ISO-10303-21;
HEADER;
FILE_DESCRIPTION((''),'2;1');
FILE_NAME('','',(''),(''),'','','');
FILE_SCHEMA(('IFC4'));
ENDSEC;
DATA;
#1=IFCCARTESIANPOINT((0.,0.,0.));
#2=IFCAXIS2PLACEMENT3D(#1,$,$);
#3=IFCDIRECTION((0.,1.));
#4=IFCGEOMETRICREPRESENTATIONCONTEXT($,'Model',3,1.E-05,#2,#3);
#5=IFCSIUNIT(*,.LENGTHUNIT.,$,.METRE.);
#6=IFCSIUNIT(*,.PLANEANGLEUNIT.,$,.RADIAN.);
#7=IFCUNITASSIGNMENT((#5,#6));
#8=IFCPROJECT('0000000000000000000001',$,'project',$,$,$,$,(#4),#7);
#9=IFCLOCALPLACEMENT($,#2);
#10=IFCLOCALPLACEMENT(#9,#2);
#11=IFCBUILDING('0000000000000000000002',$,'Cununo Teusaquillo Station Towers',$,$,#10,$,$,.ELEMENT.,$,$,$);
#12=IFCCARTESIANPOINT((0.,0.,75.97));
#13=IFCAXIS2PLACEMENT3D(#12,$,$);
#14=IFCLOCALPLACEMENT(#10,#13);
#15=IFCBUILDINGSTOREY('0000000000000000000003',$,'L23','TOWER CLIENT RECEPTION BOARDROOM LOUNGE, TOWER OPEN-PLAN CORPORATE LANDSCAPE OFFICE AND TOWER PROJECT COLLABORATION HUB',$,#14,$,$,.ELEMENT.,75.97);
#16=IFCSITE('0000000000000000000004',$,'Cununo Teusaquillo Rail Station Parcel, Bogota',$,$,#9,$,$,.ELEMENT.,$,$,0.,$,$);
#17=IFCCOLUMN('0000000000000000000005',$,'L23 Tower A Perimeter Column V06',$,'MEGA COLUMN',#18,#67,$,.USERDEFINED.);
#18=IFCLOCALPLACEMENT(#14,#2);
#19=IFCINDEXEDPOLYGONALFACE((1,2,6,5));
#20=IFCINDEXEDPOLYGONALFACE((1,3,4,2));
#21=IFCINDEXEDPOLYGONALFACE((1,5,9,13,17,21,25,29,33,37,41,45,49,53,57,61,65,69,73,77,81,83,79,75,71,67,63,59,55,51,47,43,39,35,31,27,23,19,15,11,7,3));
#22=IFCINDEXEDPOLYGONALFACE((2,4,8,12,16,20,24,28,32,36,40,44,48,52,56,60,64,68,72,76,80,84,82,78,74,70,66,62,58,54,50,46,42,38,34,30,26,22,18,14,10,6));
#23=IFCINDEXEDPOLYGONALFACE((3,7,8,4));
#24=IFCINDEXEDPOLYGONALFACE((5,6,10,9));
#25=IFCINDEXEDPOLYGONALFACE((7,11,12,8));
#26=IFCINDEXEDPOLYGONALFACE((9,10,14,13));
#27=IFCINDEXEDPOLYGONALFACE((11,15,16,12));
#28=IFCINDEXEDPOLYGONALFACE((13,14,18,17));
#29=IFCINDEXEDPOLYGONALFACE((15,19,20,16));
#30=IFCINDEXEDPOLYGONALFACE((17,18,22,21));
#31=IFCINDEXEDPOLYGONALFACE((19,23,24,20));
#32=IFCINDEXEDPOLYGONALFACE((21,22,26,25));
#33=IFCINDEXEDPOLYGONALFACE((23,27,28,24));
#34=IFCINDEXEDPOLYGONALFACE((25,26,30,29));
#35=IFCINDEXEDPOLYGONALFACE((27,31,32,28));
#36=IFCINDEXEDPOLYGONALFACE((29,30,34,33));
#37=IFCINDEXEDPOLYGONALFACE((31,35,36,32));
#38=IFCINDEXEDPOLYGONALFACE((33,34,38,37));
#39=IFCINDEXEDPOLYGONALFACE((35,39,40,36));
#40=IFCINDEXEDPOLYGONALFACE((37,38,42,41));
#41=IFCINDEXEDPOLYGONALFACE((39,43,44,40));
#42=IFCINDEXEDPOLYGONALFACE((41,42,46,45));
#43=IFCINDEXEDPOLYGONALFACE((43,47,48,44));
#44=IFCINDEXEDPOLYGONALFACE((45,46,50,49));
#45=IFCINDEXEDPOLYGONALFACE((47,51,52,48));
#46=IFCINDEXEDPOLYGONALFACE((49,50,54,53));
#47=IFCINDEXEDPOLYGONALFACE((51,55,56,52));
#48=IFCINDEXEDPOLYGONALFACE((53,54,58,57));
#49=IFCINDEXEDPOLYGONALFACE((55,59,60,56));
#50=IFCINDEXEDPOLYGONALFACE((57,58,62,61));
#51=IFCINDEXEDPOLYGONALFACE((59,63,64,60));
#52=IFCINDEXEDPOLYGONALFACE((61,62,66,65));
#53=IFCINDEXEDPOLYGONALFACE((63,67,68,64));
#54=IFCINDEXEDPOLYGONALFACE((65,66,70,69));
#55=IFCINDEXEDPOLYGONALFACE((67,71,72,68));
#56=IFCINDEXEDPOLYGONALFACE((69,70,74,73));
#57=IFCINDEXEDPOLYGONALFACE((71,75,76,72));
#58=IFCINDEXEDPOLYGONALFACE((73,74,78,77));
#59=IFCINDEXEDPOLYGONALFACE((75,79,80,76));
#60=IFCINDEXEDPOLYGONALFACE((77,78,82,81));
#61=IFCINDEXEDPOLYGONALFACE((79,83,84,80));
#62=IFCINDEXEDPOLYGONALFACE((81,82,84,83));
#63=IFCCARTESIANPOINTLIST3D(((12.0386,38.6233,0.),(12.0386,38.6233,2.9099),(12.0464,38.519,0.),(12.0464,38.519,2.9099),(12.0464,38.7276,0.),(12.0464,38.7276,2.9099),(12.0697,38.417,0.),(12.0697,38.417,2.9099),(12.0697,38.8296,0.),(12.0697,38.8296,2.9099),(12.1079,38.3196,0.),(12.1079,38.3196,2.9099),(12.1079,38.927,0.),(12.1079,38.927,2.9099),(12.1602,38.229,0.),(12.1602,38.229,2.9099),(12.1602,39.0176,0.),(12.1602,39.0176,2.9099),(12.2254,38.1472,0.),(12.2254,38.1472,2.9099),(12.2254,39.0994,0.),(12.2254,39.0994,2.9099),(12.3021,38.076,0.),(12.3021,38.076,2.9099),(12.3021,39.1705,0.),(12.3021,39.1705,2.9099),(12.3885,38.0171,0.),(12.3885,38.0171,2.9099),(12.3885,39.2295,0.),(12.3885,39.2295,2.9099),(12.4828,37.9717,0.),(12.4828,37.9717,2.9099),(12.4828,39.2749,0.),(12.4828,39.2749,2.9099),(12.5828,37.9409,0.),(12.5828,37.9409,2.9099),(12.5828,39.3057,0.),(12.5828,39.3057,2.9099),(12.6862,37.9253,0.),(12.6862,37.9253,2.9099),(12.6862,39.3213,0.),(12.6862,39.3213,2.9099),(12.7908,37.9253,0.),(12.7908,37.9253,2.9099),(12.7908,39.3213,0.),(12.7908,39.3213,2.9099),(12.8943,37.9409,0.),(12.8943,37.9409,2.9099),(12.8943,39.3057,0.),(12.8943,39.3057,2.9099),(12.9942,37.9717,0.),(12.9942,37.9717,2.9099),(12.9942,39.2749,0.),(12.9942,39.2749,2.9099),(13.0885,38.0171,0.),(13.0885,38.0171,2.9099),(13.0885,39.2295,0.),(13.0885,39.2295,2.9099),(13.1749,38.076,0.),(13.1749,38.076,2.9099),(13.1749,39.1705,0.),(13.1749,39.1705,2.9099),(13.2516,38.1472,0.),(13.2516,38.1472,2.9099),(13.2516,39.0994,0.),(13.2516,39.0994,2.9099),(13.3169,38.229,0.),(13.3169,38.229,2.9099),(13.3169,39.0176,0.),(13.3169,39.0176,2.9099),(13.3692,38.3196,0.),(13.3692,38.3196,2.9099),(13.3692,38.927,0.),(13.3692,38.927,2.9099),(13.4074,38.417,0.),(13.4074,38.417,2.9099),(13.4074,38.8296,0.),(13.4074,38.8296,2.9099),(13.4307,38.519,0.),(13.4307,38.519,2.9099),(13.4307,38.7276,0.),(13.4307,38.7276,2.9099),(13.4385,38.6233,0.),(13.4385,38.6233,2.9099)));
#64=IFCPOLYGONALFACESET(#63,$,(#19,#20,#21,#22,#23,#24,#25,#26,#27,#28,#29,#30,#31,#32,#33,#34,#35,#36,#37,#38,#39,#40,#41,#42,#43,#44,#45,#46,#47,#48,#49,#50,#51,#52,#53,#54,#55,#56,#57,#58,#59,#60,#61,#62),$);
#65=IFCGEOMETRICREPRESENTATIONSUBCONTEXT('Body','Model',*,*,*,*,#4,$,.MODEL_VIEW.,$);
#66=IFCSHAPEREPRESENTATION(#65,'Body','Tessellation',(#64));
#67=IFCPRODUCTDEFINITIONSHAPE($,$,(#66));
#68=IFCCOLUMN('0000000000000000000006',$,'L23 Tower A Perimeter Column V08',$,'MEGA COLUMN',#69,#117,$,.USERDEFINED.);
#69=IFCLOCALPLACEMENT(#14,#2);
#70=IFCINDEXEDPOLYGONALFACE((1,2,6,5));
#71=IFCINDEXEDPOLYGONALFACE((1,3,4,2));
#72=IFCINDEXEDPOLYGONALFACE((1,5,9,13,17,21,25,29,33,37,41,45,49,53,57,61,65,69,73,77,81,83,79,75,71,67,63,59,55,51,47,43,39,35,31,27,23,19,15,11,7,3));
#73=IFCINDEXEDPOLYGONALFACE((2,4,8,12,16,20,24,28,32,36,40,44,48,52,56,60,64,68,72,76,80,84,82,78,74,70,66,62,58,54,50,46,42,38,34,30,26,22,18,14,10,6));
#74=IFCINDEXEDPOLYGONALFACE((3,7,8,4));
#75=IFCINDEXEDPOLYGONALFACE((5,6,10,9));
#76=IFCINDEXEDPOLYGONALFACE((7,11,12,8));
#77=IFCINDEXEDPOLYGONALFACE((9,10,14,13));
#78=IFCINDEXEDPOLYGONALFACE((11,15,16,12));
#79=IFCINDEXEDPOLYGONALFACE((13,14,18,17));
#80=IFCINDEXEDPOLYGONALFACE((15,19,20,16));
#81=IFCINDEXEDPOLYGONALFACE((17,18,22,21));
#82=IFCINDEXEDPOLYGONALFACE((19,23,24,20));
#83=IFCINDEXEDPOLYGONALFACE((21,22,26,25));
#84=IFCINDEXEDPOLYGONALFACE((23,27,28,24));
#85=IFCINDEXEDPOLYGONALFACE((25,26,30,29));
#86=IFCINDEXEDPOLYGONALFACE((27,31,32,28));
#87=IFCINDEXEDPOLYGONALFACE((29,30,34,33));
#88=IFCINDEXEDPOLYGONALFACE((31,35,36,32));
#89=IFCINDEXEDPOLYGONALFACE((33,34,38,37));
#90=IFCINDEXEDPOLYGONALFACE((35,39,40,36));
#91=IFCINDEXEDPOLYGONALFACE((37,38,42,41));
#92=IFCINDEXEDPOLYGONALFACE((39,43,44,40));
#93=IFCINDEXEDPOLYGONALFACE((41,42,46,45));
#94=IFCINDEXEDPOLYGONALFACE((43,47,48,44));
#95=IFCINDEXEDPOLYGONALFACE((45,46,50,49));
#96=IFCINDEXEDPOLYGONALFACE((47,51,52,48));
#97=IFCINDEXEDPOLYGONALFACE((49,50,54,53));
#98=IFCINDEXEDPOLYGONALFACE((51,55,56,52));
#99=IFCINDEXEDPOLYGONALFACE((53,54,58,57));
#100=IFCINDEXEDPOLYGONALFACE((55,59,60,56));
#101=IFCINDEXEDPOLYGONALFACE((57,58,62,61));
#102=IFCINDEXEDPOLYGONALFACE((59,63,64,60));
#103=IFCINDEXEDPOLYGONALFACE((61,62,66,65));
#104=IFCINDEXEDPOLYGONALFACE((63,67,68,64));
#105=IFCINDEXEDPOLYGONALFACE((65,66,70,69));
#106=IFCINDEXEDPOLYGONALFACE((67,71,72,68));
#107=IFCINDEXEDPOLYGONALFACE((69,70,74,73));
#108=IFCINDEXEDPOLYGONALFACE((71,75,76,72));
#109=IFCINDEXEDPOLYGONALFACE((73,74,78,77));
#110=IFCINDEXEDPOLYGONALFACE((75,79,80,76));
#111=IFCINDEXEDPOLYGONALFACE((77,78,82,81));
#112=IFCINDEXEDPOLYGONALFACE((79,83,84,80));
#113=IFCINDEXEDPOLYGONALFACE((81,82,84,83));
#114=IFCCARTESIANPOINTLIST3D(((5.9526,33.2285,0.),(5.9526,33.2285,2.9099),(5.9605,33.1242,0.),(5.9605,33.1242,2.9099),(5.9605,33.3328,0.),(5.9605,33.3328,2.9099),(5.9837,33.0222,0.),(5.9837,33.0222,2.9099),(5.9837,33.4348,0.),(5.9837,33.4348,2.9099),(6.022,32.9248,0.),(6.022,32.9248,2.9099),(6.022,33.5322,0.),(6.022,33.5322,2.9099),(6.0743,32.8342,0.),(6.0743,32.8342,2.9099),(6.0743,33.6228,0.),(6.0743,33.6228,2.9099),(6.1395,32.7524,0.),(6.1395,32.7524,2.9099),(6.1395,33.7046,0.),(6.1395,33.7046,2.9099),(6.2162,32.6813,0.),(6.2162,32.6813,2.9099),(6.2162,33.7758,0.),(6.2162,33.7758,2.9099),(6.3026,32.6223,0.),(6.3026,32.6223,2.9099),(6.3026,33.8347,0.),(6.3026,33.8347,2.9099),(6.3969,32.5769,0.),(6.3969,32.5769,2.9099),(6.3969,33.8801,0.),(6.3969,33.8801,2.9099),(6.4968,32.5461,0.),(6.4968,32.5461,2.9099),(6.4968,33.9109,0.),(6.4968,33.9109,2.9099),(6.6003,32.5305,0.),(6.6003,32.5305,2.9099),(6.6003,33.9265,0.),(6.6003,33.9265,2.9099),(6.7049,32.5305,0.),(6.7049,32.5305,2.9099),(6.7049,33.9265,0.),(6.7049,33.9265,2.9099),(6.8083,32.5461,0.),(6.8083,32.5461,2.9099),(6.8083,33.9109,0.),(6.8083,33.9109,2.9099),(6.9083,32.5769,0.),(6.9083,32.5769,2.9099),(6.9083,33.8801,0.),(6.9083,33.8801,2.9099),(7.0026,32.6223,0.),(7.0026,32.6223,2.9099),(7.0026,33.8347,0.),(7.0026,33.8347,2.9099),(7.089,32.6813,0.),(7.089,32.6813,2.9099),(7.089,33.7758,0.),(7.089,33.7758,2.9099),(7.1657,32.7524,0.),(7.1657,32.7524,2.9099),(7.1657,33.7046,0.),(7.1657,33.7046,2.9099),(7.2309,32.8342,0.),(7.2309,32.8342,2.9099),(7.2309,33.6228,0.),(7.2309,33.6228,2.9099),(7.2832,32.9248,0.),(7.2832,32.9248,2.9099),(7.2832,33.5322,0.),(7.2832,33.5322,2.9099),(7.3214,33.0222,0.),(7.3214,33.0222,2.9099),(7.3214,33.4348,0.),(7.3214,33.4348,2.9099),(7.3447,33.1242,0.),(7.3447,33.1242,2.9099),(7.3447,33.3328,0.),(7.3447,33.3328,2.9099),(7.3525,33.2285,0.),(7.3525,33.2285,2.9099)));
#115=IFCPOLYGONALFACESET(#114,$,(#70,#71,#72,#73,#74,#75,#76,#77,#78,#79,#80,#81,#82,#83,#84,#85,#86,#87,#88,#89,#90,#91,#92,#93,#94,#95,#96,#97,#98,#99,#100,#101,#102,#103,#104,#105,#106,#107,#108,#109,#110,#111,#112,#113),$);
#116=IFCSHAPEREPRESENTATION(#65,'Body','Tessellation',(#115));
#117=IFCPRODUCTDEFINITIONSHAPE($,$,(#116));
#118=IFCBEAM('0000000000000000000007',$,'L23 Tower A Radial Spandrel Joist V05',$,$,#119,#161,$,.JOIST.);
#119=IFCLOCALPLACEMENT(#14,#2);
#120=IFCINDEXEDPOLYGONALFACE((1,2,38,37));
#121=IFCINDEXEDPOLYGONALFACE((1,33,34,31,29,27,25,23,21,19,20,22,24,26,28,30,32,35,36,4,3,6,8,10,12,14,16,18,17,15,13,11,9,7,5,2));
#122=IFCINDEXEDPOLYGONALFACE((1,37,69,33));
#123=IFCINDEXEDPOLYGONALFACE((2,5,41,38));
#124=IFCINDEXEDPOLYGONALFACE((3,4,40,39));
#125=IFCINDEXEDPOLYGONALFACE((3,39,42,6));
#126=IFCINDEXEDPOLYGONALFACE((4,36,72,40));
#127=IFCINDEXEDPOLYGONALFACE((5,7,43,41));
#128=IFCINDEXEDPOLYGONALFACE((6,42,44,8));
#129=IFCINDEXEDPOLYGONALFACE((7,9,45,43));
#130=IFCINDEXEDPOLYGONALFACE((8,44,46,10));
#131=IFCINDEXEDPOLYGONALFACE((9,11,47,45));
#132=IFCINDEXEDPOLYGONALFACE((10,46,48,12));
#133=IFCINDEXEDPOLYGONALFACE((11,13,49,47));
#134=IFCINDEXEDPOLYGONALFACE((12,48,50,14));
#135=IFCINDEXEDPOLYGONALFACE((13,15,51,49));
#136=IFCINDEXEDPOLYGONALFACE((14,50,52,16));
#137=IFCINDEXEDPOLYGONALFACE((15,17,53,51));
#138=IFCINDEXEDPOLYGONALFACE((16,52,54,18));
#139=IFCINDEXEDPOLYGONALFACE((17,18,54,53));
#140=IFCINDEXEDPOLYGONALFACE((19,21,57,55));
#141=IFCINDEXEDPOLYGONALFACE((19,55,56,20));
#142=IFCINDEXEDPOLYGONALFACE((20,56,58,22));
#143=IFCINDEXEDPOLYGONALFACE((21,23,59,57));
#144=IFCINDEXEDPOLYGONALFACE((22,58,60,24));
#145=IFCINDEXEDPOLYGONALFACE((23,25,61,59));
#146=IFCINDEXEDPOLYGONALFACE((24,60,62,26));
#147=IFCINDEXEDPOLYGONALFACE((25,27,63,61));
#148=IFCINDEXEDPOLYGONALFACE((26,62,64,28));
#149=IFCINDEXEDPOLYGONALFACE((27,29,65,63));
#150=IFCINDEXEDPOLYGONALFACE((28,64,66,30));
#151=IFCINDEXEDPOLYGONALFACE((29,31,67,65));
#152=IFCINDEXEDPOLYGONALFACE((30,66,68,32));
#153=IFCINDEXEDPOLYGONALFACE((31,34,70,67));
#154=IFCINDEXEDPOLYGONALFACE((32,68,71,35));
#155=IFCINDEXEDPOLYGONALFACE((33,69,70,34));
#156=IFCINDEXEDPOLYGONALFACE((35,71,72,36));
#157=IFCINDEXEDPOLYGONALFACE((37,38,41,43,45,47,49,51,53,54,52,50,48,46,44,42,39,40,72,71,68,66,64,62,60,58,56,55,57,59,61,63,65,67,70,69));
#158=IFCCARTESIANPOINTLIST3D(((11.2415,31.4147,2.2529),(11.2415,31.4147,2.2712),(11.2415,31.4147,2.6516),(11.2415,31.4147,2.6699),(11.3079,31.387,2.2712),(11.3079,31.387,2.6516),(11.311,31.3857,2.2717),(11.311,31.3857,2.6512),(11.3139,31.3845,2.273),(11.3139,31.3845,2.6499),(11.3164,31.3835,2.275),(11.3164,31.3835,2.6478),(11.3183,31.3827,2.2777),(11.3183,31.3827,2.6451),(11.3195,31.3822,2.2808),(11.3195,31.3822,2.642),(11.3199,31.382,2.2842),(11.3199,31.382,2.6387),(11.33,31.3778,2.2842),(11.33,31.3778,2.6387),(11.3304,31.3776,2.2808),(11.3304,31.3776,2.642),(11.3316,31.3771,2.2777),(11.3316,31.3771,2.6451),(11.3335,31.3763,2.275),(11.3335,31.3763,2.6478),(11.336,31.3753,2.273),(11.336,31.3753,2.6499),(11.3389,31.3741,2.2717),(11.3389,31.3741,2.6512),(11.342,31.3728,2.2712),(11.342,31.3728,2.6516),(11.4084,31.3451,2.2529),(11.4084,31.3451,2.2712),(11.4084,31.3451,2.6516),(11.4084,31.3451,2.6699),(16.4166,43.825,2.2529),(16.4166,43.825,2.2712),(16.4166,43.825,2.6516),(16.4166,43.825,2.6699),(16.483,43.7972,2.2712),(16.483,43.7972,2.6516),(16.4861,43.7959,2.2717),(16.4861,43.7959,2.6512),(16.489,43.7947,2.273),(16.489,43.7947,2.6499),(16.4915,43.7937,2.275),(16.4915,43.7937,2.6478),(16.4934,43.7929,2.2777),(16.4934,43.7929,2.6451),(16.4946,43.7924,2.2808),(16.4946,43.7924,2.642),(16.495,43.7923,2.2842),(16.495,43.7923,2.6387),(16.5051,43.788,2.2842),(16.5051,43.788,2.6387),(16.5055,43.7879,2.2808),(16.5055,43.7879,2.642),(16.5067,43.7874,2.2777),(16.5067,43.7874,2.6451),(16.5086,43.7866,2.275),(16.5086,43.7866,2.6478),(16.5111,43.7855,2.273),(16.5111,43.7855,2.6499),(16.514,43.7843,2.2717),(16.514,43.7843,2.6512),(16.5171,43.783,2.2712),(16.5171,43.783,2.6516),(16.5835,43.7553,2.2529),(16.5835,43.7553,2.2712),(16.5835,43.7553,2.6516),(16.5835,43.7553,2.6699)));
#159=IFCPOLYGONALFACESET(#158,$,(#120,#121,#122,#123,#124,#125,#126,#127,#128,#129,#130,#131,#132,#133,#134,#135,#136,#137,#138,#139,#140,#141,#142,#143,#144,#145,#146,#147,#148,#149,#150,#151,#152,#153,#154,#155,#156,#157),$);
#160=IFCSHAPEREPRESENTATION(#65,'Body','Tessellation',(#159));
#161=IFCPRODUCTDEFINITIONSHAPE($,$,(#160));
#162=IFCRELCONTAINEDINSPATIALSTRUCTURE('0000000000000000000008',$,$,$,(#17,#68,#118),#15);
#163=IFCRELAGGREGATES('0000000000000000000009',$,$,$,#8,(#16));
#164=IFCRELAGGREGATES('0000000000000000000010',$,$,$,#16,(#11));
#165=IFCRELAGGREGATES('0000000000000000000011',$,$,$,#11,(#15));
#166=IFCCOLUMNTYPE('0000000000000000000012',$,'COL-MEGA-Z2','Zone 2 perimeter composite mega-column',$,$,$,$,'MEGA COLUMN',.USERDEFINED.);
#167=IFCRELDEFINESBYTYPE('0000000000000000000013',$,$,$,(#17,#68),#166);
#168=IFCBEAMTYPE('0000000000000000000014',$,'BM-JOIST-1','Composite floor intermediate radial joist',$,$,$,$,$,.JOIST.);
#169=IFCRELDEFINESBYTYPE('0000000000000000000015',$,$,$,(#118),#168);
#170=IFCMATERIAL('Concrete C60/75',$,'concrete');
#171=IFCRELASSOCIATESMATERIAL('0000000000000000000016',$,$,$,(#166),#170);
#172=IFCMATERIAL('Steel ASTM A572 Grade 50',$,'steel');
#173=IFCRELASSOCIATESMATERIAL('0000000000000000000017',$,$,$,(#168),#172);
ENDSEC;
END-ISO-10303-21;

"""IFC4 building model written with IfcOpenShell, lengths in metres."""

from ifc_helpers import new_model, si_unit, direction, frame, origin, origin_2d, place, context, subcontext, project, spatial, circle, i_section, extrude, material, material_profile, profile_set, type_object, element, save


model = new_model("IFC4")

# Units and contexts
model_context = context("Model", 3, precision=1e-05, world=origin(), true_north=direction((0.0, 1.0)))
body_context = subcontext(model_context, "Body", "Model", "MODEL_VIEW")
ifc_project = project(units=[si_unit("LENGTHUNIT", "METRE"), si_unit("PLANEANGLEUNIT", "RADIAN")], contexts=[model_context])

# Site, building, storey
site_placement = place(None, origin())
site = spatial("IfcSite", under=ifc_project, at=site_placement, Name="Cununo Teusaquillo Rail Station Parcel, Bogota", CompositionType="ELEMENT", RefElevation=0.0)
building_placement = place(site_placement, origin())
building = spatial("IfcBuilding", under=site, at=building_placement, Name="Cununo Teusaquillo Station Towers", CompositionType="ELEMENT")
storey_placement = place(building_placement, frame((0.0, 0.0, 75.97)))
storey = spatial("IfcBuildingStorey", under=building, at=storey_placement, Name="L23", Description="TOWER CLIENT RECEPTION BOARDROOM LOUNGE, TOWER OPEN-PLAN CORPORATE LANDSCAPE OFFICE AND TOWER PROJECT COLLABORATION HUB", CompositionType="ELEMENT", Elevation=75.97)

# Columns
ifc_material_1 = material(Name="Concrete C60/75", Category="concrete")
ifc_material_profile_1 = material_profile(ifc_material_1, circle(Radius=0.7, at=origin_2d()), Name="RC-CIRC-1400")
ifc_profile_set_1 = profile_set([ifc_material_profile_1], Name="Concrete C60/75")
column_type = type_object("IfcColumnType", Name="COL-MEGA-Z2", Description="Zone 2 perimeter composite mega-column", ElementType="MEGA COLUMN", PredefinedType="USERDEFINED", material=ifc_profile_set_1)
for number, where, z_axis, x_axis, name in (
    (1, (12.7385, 38.6233, 0.0), (0.0, 0.0, 1.0), (1.0, 0.0, 0.0), "L23 Tower A Perimeter Column V06"),
    (2, (6.6526, 33.2285, 0.0), (0.0, 0.0, 1.0), (1.0, 0.0, 0.0), "L23 Tower A Perimeter Column V08"),
):
    element("IfcColumn", number, at=place(storey_placement, frame(where, z_axis=z_axis, x_axis=x_axis)), inside=storey, type_object=column_type, Name=name, ObjectType="MEGA COLUMN", PredefinedType="USERDEFINED", context=body_context, shape_type="SweptSolid", body=[
        extrude(circle(Radius=0.7, at=origin_2d()), origin(), (0.0, 0.0, 1.0), 2.9099),
    ])

# Beam
ifc_material_2 = material(Name="Steel ASTM A572 Grade 50", Category="steel")
ifc_material_profile_2 = material_profile(ifc_material_2, i_section(OverallWidth=0.1809, OverallDepth=0.417, WebThickness=0.011, FlangeThickness=0.0183, FilletRadius=0.0129, at=origin_2d()), Name="W16X57")
ifc_profile_set_2 = profile_set([ifc_material_profile_2], Name="Steel ASTM A572 Grade 50")
beam_type_1 = type_object("IfcBeamType", Name="BM-JOIST-1", Description="Composite floor intermediate radial joist", PredefinedType="JOIST", material=ifc_profile_set_2)
beam_1_placement = place(storey_placement, frame((11.325, 31.3799, 2.4614), z_axis=(0.384878, 0.922967, 0.0), x_axis=(-0.922967, 0.384878, 0.0)))
element("IfcBeam", 3, at=beam_1_placement, inside=storey, type_object=beam_type_1, Name="L23 Tower A Radial Spandrel Joist V05", PredefinedType="JOIST", context=body_context, shape_type="SweptSolid", body=[
    extrude(i_section(OverallWidth=0.1809, OverallDepth=0.417, WebThickness=0.011, FlangeThickness=0.0183, FilletRadius=0.0129, at=origin_2d()), origin(), (0.0, 0.0, 1.0), 13.446),
])

save(model, "model.ifc")
